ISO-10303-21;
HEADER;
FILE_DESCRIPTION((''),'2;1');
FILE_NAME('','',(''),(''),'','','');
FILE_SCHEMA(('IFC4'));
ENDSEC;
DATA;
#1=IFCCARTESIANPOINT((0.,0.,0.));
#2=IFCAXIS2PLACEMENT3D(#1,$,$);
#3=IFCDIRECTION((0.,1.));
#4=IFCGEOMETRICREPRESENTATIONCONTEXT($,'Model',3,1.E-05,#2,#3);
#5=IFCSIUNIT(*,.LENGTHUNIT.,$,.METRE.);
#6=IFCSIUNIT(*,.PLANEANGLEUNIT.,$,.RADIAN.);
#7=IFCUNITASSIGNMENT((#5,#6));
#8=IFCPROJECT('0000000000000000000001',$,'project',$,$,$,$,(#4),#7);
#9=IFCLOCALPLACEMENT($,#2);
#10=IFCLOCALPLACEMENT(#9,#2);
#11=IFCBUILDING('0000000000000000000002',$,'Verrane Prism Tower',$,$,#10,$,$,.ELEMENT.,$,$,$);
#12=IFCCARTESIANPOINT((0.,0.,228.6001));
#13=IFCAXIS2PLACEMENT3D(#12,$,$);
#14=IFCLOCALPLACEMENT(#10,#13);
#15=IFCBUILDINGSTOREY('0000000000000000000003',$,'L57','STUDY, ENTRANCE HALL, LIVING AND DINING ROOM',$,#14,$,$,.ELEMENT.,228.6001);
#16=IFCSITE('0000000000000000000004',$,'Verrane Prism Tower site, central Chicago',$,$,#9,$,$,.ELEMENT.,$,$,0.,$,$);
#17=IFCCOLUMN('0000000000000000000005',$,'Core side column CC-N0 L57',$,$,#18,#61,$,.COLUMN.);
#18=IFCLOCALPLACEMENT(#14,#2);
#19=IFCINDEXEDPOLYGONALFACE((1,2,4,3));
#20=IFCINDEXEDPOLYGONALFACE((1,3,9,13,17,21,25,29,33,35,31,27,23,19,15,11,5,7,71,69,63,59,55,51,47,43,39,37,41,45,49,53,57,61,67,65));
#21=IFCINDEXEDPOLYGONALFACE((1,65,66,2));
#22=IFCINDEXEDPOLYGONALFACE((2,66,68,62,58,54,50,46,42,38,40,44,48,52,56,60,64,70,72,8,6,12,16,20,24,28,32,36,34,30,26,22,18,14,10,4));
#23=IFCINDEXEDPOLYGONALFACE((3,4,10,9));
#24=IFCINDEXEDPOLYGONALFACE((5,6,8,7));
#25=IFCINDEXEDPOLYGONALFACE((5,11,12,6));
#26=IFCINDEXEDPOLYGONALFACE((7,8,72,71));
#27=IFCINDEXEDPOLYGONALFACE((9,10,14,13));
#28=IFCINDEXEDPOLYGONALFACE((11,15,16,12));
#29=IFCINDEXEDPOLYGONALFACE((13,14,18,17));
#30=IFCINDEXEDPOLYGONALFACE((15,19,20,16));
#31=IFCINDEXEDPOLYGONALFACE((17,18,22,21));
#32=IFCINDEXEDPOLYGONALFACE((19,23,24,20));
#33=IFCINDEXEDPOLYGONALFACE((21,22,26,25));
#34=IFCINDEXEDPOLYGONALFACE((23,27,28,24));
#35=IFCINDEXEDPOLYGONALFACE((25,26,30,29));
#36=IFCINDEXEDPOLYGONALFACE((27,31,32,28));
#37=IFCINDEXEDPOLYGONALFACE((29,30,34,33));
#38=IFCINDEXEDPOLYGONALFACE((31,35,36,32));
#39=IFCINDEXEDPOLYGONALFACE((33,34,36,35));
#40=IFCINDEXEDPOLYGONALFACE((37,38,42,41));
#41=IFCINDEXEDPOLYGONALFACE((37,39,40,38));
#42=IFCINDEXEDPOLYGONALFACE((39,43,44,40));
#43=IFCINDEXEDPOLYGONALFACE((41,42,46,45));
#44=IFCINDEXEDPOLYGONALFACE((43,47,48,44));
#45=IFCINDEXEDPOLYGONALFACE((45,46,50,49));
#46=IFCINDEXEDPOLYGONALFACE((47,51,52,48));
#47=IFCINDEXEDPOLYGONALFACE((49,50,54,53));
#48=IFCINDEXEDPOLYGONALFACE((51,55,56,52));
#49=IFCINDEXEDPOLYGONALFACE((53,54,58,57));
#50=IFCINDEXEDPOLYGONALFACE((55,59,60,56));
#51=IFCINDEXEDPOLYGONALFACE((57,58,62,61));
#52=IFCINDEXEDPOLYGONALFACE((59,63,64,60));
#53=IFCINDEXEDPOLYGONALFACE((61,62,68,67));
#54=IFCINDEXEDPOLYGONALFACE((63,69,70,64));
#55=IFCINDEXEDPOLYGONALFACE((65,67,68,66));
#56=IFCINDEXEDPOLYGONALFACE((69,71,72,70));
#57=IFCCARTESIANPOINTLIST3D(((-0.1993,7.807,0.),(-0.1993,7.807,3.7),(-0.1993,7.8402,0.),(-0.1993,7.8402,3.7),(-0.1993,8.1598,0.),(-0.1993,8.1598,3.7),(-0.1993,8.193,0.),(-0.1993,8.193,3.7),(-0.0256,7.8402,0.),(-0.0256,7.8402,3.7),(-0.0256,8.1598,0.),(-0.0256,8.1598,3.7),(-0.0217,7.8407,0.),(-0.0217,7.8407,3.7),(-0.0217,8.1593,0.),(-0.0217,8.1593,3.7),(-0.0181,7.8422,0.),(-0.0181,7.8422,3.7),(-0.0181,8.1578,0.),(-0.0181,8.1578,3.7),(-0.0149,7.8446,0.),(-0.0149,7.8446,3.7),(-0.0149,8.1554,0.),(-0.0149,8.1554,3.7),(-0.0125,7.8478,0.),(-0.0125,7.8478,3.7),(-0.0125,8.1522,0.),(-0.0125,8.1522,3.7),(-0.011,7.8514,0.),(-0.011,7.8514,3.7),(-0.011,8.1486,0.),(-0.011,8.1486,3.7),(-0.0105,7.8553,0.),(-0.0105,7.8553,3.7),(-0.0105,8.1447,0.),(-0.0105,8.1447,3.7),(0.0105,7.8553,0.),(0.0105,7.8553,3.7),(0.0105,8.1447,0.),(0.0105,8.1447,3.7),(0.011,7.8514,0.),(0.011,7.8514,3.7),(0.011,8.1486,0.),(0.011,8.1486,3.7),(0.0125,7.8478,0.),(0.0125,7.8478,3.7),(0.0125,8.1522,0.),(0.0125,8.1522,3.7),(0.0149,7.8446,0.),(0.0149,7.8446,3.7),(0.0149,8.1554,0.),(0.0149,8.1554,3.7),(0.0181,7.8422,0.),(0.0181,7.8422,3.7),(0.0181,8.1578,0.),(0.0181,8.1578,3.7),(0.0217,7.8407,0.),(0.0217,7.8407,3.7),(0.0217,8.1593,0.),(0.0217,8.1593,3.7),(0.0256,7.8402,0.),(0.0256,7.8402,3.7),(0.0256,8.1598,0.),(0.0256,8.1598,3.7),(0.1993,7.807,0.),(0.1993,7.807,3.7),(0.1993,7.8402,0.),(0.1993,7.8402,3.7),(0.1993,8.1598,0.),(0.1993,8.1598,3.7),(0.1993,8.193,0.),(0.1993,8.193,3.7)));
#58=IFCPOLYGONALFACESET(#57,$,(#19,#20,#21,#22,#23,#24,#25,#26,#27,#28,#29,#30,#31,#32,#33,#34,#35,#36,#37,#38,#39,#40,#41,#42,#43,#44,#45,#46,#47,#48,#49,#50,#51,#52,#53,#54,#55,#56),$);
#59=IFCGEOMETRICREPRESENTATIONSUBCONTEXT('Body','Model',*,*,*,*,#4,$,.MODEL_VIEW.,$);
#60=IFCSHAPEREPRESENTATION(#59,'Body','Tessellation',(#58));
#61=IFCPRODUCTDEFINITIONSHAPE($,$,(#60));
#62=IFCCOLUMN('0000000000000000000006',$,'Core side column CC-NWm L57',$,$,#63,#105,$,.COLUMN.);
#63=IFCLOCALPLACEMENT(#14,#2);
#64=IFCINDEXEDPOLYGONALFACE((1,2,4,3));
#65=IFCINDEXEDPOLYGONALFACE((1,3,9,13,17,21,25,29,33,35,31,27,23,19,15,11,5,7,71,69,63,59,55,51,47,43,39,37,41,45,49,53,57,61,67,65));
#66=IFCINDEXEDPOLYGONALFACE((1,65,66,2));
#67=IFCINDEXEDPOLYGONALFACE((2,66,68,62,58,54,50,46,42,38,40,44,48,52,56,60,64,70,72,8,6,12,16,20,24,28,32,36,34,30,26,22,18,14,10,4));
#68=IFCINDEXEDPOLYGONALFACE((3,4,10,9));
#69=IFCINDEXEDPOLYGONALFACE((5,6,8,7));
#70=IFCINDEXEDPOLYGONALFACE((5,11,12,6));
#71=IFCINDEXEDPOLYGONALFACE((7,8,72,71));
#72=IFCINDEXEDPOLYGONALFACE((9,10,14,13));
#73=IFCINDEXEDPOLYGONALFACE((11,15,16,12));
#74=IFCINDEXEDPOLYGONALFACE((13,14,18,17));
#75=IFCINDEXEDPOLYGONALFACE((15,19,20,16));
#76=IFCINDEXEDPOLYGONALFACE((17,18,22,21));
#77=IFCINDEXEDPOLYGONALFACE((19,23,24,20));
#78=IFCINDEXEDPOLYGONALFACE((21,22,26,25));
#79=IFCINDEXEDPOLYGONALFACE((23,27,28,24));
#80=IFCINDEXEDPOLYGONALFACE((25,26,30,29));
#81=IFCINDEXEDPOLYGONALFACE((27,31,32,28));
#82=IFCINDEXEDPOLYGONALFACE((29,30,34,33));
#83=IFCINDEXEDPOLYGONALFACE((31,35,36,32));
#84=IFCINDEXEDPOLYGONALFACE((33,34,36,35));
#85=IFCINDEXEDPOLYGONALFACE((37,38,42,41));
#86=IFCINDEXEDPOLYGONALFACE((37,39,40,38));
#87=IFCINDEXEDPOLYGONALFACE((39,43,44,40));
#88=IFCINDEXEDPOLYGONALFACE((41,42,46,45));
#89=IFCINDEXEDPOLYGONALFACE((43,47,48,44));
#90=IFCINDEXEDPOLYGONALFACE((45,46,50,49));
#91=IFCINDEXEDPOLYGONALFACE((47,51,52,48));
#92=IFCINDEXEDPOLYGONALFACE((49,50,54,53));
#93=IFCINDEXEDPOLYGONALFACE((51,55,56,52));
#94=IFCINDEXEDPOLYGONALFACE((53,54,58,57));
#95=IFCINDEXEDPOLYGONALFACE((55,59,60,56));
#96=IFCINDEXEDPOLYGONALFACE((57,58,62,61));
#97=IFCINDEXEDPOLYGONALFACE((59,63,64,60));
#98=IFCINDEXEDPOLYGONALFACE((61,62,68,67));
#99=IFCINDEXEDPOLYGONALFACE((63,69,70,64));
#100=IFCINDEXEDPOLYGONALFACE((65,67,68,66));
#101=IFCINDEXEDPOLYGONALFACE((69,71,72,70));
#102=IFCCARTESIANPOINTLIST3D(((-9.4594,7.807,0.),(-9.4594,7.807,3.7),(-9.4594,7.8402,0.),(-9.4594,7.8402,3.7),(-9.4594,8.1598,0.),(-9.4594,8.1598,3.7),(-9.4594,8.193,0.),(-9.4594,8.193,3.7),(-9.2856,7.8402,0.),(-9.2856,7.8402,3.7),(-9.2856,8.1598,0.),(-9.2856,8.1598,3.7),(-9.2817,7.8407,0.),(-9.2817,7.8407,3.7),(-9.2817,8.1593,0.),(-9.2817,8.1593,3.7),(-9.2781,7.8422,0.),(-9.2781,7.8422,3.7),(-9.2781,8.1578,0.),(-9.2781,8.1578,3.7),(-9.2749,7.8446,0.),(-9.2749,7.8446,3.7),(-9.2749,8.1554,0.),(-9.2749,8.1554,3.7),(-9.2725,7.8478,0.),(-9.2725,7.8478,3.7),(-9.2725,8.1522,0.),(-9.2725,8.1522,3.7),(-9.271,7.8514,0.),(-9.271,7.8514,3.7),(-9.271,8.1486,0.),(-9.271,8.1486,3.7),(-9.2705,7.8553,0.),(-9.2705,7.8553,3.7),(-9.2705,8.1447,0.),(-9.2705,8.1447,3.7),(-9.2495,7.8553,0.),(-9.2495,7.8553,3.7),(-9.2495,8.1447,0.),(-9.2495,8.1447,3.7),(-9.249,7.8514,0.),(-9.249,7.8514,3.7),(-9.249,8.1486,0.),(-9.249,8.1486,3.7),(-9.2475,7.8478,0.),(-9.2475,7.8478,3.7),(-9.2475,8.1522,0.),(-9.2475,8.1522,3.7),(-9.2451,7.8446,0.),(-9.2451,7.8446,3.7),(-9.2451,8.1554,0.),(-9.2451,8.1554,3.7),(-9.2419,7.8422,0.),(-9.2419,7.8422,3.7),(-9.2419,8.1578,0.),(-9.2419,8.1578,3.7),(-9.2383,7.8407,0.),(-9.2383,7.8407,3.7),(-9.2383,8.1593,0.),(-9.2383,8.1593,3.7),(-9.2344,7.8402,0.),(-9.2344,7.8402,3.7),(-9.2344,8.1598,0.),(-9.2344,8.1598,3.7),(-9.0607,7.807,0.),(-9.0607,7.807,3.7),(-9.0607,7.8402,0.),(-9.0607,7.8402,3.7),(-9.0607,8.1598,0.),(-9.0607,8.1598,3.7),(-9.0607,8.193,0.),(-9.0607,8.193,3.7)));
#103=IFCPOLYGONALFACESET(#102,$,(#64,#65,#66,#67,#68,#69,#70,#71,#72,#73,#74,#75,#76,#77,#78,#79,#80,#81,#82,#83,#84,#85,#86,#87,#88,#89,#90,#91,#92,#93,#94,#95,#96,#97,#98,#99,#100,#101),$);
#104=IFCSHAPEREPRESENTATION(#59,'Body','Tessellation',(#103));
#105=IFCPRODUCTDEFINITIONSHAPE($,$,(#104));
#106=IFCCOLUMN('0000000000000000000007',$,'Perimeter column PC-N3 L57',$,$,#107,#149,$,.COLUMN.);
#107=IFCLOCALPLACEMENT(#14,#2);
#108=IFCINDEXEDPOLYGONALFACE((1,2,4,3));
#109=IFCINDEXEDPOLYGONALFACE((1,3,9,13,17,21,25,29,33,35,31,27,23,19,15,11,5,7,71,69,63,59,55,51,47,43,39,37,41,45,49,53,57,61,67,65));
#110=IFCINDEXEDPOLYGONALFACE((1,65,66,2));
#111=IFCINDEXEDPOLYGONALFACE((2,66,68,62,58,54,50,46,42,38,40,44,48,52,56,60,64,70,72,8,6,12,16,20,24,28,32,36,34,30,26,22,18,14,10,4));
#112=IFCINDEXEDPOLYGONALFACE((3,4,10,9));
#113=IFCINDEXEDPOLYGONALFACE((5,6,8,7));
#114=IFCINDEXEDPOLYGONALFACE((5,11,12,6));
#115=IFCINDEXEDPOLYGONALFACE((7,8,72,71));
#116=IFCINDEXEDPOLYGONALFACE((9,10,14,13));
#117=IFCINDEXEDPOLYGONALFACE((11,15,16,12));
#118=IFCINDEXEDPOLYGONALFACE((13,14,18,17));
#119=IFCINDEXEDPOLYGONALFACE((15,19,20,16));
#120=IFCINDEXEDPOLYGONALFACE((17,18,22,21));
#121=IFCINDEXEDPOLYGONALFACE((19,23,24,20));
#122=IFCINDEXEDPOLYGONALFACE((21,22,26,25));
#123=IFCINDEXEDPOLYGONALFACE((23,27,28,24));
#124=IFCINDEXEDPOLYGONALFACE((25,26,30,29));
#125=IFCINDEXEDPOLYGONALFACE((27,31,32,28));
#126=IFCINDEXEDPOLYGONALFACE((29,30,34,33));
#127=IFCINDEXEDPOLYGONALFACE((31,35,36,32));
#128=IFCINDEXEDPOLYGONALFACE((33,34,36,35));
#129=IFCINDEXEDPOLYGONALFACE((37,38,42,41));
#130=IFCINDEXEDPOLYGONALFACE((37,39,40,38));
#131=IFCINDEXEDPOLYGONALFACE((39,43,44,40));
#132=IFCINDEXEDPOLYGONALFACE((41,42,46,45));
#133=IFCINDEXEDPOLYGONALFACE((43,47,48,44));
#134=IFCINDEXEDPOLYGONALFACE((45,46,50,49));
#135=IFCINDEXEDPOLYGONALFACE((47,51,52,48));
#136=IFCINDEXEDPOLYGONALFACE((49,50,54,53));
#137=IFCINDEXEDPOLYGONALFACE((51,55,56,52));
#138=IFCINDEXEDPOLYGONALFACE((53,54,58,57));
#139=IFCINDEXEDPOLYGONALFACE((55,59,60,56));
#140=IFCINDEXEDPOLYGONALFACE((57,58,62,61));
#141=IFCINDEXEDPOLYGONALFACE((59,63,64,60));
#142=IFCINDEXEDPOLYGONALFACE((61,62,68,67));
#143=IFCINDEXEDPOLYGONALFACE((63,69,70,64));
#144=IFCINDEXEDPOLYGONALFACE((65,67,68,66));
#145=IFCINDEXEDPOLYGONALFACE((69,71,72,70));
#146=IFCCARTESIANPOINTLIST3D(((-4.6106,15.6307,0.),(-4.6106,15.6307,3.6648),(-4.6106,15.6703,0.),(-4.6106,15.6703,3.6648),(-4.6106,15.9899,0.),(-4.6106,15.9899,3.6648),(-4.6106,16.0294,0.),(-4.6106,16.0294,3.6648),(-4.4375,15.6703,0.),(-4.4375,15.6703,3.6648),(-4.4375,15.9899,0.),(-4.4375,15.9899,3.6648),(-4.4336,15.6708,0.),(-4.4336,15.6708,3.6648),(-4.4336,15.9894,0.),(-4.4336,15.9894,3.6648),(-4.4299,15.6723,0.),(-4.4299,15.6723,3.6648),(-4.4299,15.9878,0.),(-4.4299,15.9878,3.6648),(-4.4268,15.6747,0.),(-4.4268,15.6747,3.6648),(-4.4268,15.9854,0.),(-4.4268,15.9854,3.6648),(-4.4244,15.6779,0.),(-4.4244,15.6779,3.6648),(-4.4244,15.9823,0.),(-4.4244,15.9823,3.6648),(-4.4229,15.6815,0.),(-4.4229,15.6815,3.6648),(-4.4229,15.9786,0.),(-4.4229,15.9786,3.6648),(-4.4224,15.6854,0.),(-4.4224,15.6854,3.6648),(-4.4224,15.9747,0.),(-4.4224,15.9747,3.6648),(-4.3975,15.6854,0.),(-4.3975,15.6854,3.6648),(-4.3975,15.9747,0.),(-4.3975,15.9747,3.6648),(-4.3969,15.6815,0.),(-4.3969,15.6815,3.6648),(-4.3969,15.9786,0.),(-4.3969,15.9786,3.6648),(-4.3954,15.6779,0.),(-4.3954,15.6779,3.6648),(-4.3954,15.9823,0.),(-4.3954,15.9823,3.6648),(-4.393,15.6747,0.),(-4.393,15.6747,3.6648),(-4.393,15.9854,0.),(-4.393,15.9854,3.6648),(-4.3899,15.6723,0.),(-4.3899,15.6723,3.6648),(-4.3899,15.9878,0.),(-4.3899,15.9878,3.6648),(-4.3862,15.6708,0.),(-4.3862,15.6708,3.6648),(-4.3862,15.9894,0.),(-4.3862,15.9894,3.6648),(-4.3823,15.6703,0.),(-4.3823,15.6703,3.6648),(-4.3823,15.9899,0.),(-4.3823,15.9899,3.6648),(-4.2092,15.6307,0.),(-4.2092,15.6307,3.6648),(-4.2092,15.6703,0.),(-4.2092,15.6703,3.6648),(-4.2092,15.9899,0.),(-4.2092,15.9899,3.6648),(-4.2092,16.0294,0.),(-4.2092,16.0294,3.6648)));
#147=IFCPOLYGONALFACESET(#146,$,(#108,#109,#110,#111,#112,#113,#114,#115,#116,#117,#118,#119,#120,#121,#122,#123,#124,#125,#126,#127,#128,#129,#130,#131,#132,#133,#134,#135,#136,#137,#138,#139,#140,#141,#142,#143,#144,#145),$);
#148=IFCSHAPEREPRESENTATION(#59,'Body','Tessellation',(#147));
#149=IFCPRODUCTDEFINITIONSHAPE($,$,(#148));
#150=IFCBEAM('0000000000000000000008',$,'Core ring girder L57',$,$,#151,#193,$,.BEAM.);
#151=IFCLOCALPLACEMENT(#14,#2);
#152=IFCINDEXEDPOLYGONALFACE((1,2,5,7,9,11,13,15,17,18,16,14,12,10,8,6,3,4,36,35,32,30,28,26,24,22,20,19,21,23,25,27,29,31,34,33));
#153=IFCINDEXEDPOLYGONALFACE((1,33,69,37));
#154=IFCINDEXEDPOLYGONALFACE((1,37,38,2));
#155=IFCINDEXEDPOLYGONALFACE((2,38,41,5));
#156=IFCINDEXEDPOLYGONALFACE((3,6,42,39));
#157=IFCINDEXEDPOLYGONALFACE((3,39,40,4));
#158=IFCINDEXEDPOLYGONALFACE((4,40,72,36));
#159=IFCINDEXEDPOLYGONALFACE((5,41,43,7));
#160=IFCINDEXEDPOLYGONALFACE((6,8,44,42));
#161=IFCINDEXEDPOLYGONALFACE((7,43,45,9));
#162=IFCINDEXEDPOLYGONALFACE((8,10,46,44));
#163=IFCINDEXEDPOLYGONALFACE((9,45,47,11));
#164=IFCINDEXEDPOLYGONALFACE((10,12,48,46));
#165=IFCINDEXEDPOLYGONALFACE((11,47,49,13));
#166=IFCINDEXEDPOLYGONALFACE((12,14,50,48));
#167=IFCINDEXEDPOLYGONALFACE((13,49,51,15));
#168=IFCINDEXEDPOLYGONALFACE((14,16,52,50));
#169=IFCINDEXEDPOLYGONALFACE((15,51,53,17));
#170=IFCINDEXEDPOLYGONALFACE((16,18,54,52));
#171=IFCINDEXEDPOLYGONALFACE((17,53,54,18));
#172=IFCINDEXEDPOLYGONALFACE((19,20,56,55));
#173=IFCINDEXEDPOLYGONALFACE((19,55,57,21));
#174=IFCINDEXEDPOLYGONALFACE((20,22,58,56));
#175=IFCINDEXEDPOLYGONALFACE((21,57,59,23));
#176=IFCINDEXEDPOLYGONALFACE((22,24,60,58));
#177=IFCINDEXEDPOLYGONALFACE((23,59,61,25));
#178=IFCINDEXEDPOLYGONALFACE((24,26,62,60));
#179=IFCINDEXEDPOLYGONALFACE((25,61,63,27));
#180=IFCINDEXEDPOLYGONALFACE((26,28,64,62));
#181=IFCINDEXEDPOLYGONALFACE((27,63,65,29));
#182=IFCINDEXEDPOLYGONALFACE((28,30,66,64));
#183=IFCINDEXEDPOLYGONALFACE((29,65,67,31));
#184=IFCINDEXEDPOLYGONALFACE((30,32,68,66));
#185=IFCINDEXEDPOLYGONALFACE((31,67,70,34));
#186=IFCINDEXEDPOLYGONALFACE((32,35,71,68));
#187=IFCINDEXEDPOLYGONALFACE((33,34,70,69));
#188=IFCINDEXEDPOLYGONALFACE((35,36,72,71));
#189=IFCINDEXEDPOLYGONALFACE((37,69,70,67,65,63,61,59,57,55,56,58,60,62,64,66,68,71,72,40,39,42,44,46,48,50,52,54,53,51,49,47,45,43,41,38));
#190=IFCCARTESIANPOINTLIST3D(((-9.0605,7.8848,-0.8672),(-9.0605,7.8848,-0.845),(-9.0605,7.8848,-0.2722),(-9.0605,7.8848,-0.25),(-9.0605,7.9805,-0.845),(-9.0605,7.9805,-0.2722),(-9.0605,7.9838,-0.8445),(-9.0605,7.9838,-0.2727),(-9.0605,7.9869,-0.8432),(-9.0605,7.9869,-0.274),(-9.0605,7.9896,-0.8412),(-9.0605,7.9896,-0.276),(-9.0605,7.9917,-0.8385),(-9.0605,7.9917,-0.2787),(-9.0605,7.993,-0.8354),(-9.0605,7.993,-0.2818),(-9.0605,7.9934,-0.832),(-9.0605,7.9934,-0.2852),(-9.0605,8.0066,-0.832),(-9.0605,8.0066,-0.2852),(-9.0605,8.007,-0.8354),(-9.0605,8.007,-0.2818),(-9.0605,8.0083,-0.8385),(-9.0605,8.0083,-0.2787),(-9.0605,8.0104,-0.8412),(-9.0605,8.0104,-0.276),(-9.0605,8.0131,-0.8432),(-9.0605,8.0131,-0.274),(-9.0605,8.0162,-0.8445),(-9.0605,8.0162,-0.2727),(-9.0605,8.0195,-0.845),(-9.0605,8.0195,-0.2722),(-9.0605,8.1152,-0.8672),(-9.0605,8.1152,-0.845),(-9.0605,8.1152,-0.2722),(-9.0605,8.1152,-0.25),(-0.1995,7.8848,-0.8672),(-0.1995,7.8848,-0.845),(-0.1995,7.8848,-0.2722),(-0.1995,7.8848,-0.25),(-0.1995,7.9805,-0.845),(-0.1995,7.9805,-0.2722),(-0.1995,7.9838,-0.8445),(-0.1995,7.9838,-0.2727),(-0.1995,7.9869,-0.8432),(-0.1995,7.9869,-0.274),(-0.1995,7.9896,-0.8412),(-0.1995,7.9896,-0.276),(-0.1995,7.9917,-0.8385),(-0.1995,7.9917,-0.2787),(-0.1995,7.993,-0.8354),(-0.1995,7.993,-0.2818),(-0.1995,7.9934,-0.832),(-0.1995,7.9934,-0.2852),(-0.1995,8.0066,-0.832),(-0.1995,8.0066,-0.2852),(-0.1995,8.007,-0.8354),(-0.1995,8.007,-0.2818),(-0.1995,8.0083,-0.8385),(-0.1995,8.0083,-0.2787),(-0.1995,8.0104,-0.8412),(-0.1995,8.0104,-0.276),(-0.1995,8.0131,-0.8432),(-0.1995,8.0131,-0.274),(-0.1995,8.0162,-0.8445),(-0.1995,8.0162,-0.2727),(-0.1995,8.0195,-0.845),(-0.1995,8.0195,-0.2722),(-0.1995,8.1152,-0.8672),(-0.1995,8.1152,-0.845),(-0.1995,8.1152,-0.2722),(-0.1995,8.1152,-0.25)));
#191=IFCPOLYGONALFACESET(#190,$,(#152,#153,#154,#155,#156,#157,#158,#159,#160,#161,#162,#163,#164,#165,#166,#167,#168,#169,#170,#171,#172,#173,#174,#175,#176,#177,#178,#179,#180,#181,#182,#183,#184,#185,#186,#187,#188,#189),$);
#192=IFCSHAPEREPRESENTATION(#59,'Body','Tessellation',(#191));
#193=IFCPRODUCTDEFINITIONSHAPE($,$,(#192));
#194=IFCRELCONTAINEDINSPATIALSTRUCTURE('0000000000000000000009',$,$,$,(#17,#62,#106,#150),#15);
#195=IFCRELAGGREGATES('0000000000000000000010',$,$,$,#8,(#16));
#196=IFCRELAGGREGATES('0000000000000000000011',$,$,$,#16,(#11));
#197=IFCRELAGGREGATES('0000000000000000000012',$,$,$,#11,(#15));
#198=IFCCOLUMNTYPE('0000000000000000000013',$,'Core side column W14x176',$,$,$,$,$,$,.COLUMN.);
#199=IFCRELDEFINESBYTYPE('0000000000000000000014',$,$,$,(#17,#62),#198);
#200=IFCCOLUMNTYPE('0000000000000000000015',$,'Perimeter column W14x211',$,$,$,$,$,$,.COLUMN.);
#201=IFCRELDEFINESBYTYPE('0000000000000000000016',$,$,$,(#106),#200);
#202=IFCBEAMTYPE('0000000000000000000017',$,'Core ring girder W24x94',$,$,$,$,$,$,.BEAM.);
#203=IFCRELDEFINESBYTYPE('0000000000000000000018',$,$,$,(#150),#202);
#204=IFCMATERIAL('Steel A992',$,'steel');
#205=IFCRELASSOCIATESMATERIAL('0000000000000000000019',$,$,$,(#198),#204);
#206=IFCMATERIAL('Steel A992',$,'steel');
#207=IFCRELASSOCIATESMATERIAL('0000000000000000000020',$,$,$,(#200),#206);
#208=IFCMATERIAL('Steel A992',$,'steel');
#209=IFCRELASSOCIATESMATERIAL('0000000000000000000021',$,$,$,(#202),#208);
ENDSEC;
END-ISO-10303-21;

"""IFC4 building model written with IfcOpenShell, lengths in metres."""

from ifc_helpers import new_model, si_unit, direction, frame, origin, origin_2d, place, context, subcontext, project, spatial, i_section, extrude, material, material_profile, profile_set, type_object, element, save


model = new_model("IFC4")

# Units and contexts
model_context = context("Model", 3, precision=1e-05, world=origin(), true_north=direction((0.0, 1.0)))
body_context = subcontext(model_context, "Body", "Model", "MODEL_VIEW")
ifc_project = project(units=[si_unit("LENGTHUNIT", "METRE"), si_unit("PLANEANGLEUNIT", "RADIAN")], contexts=[model_context])

# Site, building, storey
site_placement = place(None, origin())
site = spatial("IfcSite", under=ifc_project, at=site_placement, Name="Verrane Prism Tower site, central Chicago", CompositionType="ELEMENT", RefElevation=0.0)
building_placement = place(site_placement, origin())
building = spatial("IfcBuilding", under=site, at=building_placement, Name="Verrane Prism Tower", CompositionType="ELEMENT")
storey_placement = place(building_placement, frame((0.0, 0.0, 228.6001)))
storey = spatial("IfcBuildingStorey", under=building, at=storey_placement, Name="L57", Description="STUDY, ENTRANCE HALL, LIVING AND DINING ROOM", CompositionType="ELEMENT", Elevation=228.6001)

# Columns
ifc_material_1 = material(Name="Steel A992", Category="steel")
ifc_material_profile_1 = material_profile(ifc_material_1, i_section(OverallWidth=0.3987, OverallDepth=0.386, WebThickness=0.021, FlangeThickness=0.0332, FilletRadius=0.0151, at=origin_2d()), Name="W14x176")
ifc_profile_set_1 = profile_set([ifc_material_profile_1], Name="Steel A992")
column_type_1 = type_object("IfcColumnType", Name="Core side column W14x176", PredefinedType="COLUMN", material=ifc_profile_set_1)
for number, where, z_axis, x_axis, name in (
    (1, (0.0, 8.0, 0.0), (0.0, 0.0, 1.0), (1.0, 0.0, 0.0), "Core side column CC-N0 L57"),
    (2, (-9.26, 8.0, 0.0), (0.0, 0.0, 1.0), (1.0, 0.0, 0.0), "Core side column CC-NWm L57"),
):
    element("IfcColumn", number, at=place(storey_placement, frame(where, z_axis=z_axis, x_axis=x_axis)), inside=storey, type_object=column_type_1, Name=name, PredefinedType="COLUMN", context=body_context, shape_type="SweptSolid", body=[
        extrude(i_section(OverallWidth=0.3987, OverallDepth=0.386, WebThickness=0.021, FlangeThickness=0.0332, FilletRadius=0.0151, at=origin_2d()), origin(), (0.0, 0.0, 1.0), 3.7),
    ])
ifc_material_2 = material(Name="Steel A992", Category="steel")
ifc_material_profile_2 = material_profile(ifc_material_2, i_section(OverallWidth=0.4014, OverallDepth=0.3987, WebThickness=0.0249, FlangeThickness=0.0396, FilletRadius=0.0151, at=origin_2d()), Name="W14x211")
ifc_profile_set_2 = profile_set([ifc_material_profile_2], Name="Steel A992")
column_type_2 = type_object("IfcColumnType", Name="Perimeter column W14x211", PredefinedType="COLUMN", material=ifc_profile_set_2)
column_placement = place(storey_placement, frame((-4.4099, 15.8301, 0.0), z_axis=(0.0, 0.0, 1.0), x_axis=(1.0, 0.0, 0.0)))
element("IfcColumn", 3, at=column_placement, inside=storey, type_object=column_type_2, Name="Perimeter column PC-N3 L57", PredefinedType="COLUMN", context=body_context, shape_type="SweptSolid", body=[
    extrude(i_section(OverallWidth=0.4014, OverallDepth=0.3987, WebThickness=0.0249, FlangeThickness=0.0396, FilletRadius=0.0151, at=origin_2d()), origin(), (0.0, 0.0, 1.0), 3.6648),
])

# Beam
ifc_material_3 = material(Name="Steel A992", Category="steel")
ifc_material_profile_3 = material_profile(ifc_material_3, i_section(OverallWidth=0.2305, OverallDepth=0.6172, WebThickness=0.0132, FlangeThickness=0.0222, FilletRadius=0.0129, at=origin_2d()), Name="W24x94")
ifc_profile_set_3 = profile_set([ifc_material_profile_3], Name="Steel A992")
beam_type_1 = type_object("IfcBeamType", Name="Core ring girder W24x94", PredefinedType="BEAM", material=ifc_profile_set_3)
beam_1_placement = place(storey_placement, frame((-0.1995, 8.0, -0.5586), z_axis=(-1.0, 0.0, 0.0), x_axis=(0.0, -1.0, 0.0)))
element("IfcBeam", 4, at=beam_1_placement, inside=storey, type_object=beam_type_1, Name="Core ring girder L57", PredefinedType="BEAM", context=body_context, shape_type="SweptSolid", body=[
    extrude(i_section(OverallWidth=0.2305, OverallDepth=0.6172, WebThickness=0.0132, FlangeThickness=0.0222, FilletRadius=0.0129, at=origin_2d()), origin(), (0.0, 0.0, 1.0), 8.8611),
])

save(model, "model.ifc")
